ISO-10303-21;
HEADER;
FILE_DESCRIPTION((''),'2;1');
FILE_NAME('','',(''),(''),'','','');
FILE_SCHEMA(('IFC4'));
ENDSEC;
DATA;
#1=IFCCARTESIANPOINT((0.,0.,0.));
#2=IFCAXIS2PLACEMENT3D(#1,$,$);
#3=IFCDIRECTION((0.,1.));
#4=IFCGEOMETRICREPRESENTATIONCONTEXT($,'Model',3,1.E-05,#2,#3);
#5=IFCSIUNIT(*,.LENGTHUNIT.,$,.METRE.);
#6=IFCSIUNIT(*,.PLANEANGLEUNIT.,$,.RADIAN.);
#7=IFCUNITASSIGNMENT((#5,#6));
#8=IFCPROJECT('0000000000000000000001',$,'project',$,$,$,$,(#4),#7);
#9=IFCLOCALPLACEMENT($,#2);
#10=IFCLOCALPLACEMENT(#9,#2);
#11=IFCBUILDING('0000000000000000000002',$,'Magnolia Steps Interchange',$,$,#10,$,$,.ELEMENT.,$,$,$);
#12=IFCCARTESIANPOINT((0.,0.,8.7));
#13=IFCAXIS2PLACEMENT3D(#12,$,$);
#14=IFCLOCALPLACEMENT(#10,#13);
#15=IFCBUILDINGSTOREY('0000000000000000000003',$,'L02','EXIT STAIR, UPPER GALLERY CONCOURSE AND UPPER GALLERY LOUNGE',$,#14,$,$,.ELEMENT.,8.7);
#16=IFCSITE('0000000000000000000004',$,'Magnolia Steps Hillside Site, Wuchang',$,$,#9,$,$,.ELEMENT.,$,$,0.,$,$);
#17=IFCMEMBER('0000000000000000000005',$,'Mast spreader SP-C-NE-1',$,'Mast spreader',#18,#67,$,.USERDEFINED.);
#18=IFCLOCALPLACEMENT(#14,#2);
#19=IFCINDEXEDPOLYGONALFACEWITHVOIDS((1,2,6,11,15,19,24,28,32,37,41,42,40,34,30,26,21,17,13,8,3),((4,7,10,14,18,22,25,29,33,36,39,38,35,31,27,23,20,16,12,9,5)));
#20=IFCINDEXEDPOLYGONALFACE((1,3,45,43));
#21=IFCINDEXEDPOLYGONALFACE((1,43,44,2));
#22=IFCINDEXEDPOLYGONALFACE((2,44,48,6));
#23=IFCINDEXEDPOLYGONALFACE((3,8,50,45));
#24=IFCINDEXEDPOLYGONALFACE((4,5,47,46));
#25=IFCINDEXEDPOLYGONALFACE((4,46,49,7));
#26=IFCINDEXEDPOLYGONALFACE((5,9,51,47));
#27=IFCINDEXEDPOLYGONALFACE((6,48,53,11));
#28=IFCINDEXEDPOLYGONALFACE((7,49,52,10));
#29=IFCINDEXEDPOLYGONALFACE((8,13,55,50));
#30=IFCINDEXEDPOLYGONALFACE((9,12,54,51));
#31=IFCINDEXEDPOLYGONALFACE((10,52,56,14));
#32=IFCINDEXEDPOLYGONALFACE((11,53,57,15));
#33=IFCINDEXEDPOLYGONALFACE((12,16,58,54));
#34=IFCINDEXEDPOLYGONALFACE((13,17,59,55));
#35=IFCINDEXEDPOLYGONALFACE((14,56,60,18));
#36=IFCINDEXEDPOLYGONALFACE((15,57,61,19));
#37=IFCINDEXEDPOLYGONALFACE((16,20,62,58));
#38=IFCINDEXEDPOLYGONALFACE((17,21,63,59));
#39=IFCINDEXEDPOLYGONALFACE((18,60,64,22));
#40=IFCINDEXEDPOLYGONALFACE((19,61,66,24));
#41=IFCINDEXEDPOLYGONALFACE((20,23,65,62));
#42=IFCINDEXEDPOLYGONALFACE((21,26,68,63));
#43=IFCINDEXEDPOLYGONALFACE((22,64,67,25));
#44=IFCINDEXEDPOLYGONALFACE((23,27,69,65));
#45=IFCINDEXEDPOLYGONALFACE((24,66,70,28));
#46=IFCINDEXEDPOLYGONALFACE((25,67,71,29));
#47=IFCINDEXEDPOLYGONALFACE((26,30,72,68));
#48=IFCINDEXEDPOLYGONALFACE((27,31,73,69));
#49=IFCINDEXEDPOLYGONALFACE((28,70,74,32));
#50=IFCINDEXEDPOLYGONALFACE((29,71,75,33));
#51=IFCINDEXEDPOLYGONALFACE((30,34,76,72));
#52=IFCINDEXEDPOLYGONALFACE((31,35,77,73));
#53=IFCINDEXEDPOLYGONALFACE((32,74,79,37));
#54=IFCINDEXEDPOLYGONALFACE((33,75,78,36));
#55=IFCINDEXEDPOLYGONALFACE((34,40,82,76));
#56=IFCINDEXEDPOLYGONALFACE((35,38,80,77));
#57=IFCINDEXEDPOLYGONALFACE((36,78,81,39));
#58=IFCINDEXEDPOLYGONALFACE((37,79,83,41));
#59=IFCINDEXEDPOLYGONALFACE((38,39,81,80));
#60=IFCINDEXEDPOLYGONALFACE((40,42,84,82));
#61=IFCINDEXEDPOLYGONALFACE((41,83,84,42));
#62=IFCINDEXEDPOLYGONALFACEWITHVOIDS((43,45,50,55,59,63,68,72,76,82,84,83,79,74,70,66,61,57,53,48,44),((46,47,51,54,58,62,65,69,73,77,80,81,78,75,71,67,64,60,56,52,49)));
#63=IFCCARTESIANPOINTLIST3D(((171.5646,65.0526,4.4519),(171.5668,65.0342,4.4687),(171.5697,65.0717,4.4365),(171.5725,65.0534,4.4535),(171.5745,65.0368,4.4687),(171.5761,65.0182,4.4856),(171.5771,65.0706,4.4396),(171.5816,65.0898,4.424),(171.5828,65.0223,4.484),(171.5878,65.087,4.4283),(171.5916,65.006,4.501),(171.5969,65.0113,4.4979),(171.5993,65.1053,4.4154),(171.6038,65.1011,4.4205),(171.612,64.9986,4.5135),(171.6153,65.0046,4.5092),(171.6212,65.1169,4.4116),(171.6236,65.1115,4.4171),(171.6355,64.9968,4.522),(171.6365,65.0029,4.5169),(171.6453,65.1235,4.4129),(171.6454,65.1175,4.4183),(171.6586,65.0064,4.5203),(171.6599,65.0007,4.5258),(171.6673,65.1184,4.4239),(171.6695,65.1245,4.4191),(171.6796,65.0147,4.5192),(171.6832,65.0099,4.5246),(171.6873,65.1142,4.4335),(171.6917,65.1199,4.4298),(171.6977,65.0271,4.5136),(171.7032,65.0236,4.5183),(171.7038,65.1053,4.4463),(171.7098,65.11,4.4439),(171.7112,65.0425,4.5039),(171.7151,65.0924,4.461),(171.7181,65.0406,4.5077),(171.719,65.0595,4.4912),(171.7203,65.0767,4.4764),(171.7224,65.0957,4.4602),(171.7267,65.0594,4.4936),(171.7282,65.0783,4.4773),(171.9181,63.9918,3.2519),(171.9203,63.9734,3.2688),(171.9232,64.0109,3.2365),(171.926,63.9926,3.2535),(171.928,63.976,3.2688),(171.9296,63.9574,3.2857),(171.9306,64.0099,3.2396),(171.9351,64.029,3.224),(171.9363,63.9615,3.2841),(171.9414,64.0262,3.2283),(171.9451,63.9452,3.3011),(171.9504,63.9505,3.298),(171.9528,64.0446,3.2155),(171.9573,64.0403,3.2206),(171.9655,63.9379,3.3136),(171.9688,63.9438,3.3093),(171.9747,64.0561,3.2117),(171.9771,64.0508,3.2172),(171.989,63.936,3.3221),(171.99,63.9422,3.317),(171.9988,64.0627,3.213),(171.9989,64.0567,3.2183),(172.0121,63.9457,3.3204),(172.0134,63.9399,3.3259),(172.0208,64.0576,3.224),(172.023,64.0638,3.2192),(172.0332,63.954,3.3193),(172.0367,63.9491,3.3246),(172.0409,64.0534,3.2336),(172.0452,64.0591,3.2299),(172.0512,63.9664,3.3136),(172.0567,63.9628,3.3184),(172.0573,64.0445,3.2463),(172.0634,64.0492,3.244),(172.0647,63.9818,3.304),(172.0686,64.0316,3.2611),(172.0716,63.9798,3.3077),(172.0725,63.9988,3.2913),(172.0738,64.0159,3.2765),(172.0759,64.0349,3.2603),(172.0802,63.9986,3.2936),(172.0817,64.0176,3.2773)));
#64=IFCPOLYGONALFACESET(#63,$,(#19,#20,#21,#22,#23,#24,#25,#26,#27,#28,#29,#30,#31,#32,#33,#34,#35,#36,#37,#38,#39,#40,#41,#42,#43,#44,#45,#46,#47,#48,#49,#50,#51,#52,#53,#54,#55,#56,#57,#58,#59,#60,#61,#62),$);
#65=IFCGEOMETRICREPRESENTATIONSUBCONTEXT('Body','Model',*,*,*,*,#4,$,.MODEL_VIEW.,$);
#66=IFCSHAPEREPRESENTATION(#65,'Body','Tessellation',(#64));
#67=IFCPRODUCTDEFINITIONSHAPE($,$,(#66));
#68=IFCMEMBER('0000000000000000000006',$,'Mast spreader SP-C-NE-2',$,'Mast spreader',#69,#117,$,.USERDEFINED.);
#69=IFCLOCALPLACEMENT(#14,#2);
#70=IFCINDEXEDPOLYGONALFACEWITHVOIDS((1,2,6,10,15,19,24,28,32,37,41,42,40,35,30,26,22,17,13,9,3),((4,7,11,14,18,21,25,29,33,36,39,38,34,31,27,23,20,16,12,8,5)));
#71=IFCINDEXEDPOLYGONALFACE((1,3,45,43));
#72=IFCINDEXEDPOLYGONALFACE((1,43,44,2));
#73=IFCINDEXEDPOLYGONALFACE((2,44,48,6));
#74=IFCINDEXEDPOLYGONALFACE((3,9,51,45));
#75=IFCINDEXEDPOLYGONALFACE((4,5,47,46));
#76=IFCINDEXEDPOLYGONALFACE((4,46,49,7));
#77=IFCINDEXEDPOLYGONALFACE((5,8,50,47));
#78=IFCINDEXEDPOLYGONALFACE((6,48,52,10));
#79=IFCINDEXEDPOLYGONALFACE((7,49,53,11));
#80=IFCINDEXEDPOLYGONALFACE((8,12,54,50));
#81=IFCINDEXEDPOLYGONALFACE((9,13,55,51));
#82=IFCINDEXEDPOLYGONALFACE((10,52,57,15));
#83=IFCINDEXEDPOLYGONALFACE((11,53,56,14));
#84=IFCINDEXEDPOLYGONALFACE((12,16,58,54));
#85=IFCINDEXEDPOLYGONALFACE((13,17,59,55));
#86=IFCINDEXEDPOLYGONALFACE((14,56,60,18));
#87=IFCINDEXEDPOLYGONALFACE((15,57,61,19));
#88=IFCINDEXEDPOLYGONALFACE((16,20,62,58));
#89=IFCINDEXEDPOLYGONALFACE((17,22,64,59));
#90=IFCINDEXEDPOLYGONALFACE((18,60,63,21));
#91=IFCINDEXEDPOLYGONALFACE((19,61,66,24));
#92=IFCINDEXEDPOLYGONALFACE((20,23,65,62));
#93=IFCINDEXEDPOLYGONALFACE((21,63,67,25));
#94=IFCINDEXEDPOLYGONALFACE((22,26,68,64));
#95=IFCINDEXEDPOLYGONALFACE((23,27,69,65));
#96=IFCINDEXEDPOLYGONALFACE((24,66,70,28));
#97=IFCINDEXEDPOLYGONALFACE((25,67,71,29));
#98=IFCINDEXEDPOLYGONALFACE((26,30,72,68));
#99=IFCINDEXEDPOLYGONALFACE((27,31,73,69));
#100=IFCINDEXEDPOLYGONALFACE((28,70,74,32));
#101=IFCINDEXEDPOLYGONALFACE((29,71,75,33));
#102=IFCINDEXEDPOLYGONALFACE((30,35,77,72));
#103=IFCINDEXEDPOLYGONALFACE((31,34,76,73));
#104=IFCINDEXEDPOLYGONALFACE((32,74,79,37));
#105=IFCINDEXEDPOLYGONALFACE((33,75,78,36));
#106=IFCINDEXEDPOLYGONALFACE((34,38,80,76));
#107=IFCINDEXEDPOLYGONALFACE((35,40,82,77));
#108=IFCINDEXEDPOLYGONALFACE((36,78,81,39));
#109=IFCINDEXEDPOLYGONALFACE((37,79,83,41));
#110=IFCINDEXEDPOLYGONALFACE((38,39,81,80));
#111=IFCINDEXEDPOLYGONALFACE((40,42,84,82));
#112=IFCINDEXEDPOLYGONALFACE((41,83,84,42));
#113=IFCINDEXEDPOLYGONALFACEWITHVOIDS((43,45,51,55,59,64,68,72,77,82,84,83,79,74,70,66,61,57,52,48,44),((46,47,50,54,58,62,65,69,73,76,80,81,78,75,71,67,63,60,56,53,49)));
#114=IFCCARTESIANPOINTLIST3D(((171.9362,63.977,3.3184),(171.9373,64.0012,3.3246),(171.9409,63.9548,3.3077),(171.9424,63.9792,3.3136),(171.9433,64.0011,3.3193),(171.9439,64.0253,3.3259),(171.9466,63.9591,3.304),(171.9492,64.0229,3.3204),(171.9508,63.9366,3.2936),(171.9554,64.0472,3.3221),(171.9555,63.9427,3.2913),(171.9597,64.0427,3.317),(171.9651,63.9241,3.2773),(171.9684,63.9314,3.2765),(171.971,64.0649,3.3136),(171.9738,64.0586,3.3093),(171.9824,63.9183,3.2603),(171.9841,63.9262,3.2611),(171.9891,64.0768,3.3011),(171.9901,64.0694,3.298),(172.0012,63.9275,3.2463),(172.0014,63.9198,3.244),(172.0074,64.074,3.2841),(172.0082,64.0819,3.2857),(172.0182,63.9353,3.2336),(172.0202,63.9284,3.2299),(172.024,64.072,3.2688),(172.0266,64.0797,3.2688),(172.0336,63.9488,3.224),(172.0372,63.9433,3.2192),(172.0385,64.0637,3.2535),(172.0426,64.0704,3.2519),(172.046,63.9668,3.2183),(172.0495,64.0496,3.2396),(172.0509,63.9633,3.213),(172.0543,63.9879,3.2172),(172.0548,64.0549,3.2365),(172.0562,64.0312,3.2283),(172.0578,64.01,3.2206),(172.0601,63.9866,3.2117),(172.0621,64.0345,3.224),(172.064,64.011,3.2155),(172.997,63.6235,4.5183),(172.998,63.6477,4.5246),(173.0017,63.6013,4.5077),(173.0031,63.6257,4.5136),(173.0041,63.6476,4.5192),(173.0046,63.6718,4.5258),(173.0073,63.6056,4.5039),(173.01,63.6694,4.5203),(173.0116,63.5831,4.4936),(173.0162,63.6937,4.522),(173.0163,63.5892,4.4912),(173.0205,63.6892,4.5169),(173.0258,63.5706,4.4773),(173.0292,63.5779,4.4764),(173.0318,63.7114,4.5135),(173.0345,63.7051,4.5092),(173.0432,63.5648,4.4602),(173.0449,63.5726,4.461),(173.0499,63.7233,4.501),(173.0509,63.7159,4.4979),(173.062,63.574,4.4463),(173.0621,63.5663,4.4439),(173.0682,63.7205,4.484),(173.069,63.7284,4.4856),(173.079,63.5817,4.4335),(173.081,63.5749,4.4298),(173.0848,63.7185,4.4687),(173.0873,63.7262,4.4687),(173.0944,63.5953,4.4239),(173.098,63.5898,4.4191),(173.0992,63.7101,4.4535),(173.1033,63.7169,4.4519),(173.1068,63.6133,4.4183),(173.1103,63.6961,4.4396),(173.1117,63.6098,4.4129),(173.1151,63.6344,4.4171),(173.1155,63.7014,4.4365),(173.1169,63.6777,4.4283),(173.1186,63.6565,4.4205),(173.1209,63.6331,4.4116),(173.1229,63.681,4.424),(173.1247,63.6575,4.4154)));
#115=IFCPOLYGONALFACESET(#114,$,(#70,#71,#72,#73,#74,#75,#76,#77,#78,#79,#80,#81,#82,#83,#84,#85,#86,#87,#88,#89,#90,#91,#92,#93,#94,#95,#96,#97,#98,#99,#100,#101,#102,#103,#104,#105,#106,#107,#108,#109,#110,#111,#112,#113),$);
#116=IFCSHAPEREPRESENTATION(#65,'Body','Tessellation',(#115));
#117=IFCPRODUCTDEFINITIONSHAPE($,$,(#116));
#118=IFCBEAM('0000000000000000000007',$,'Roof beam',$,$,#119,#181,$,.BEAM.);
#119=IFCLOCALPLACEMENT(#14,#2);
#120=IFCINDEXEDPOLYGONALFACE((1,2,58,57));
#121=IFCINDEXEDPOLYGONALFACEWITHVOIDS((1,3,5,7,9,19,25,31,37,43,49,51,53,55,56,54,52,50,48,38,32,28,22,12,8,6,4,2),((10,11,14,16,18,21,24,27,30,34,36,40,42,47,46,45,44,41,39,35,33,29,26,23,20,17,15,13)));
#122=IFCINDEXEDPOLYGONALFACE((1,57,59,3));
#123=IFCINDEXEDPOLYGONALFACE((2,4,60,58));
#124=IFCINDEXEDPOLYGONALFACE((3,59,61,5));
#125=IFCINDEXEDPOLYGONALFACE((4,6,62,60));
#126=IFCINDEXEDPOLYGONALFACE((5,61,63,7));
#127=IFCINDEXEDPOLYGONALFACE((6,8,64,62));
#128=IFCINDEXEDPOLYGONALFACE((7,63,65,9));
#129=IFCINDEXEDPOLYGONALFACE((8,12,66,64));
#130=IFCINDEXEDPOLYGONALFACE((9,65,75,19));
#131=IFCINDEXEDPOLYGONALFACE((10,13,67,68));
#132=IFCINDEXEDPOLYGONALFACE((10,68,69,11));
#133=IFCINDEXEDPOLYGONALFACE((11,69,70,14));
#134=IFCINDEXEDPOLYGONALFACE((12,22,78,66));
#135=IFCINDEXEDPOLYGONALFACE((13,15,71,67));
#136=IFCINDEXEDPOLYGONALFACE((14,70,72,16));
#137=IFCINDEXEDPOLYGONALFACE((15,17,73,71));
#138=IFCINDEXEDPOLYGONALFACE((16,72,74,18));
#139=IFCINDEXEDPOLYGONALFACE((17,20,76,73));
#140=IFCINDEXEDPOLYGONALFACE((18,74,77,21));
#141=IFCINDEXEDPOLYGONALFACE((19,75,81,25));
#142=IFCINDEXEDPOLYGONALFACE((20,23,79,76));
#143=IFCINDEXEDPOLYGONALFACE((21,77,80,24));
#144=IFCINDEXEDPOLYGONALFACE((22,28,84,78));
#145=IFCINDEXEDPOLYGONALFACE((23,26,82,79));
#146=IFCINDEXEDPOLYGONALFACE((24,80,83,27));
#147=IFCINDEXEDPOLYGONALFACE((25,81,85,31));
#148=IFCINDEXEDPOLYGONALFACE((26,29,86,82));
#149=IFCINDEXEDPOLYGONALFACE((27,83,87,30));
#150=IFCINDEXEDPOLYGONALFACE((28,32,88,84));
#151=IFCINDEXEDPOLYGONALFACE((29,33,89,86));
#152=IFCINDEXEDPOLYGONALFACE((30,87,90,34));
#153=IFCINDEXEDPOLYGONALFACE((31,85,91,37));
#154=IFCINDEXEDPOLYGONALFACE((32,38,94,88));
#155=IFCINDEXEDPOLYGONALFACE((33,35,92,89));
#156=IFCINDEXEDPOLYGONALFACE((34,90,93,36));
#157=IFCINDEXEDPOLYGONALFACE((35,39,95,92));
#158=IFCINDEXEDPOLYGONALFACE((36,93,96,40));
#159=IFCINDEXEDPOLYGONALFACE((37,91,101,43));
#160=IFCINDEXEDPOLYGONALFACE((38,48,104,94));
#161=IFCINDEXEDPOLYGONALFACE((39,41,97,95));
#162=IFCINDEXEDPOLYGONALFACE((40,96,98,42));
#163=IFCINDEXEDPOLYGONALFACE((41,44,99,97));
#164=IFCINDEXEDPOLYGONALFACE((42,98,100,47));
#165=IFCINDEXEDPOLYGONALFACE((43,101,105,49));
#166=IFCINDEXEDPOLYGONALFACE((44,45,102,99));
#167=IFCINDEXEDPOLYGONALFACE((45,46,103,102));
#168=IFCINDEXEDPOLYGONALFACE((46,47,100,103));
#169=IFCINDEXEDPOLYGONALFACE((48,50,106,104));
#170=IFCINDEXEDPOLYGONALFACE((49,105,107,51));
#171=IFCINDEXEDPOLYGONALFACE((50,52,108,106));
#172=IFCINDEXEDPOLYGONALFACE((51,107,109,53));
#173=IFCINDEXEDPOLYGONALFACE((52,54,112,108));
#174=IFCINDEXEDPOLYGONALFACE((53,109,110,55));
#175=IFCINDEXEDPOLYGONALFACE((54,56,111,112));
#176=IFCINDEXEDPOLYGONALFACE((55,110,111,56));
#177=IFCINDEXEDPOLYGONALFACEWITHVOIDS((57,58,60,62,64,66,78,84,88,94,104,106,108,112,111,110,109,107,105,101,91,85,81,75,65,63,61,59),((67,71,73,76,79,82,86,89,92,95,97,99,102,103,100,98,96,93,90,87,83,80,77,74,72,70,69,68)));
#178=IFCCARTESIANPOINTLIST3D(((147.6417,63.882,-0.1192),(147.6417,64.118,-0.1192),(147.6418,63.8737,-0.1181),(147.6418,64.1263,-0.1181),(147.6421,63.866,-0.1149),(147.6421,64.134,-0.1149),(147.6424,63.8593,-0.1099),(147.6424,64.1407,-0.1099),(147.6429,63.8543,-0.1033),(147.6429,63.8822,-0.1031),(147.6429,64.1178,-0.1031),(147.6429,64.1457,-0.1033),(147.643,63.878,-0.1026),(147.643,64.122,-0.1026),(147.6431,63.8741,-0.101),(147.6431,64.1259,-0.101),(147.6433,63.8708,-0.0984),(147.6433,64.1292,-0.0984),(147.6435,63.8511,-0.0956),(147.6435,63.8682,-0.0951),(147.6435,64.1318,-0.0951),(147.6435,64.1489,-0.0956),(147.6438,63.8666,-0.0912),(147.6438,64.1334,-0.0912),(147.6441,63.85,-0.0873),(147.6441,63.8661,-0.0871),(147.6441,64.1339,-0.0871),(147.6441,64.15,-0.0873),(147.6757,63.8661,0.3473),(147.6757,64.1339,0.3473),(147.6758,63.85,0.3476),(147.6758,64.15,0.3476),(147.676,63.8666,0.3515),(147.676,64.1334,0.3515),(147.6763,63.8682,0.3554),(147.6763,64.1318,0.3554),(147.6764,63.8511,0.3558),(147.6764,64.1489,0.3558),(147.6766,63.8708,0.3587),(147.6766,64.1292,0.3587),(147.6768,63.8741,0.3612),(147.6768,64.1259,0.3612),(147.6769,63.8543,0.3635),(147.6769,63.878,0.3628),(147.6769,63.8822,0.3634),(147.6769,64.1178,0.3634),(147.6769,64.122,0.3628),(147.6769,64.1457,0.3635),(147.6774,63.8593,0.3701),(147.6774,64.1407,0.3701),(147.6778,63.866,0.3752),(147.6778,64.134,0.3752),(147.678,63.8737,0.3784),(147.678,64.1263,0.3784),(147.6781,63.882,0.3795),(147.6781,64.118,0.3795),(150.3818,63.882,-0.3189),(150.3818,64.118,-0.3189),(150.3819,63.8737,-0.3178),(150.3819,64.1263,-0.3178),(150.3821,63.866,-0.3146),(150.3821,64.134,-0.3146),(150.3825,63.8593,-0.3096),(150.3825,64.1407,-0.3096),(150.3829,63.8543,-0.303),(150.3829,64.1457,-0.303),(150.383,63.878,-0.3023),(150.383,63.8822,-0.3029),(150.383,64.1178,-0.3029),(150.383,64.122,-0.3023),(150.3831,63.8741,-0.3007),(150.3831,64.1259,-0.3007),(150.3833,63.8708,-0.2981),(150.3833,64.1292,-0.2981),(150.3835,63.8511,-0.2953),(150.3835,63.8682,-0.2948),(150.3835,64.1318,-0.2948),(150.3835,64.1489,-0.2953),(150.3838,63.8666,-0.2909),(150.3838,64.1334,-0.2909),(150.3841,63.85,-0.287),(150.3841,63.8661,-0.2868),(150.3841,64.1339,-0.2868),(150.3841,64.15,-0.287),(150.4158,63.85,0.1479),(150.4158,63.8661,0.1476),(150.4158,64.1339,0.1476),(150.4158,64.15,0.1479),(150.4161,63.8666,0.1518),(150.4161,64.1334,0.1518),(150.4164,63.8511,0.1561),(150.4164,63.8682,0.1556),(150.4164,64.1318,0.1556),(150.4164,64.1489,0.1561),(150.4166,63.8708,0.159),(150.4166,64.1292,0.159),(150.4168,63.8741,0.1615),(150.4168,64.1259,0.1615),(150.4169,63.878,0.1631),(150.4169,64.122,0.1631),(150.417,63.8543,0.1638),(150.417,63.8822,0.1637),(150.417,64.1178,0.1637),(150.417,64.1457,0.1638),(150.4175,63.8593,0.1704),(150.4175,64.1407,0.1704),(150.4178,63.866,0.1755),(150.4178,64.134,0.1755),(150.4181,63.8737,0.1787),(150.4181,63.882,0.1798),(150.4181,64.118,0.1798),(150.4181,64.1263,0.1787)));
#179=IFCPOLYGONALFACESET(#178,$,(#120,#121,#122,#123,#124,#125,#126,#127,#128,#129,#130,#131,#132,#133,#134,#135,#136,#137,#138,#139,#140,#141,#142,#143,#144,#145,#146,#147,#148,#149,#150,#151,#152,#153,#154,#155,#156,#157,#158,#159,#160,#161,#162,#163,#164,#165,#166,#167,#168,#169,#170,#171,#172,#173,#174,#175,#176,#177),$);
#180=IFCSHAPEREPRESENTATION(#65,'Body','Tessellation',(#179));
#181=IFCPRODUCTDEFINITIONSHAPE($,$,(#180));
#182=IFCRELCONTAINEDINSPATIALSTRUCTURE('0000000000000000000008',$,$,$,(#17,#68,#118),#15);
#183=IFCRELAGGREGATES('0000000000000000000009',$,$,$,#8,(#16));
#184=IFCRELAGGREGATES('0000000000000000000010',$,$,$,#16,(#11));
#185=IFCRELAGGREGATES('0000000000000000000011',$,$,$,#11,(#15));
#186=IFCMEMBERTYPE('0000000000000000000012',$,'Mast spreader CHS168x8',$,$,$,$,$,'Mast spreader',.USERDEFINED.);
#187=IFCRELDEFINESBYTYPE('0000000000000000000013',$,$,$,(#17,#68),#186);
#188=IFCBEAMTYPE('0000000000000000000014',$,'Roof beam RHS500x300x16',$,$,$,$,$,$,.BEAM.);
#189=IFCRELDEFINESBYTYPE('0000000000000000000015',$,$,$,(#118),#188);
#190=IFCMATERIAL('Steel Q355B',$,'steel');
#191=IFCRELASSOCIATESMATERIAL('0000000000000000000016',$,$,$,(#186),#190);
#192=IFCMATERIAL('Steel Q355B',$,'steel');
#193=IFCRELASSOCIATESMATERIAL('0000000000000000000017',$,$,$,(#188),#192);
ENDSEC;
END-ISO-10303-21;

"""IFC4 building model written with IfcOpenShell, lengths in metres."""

from ifc_helpers import new_model, si_unit, direction, frame, origin, origin_2d, place, context, subcontext, project, spatial, hollow_rectangle, hollow_circle, extrude, material, material_profile, profile_set, type_object, element, save


model = new_model("IFC4")

# Units and contexts
model_context = context("Model", 3, precision=1e-05, world=origin(), true_north=direction((0.0, 1.0)))
body_context = subcontext(model_context, "Body", "Model", "MODEL_VIEW")
ifc_project = project(units=[si_unit("LENGTHUNIT", "METRE"), si_unit("PLANEANGLEUNIT", "RADIAN")], contexts=[model_context])

# Site, building, storey
site_placement = place(None, origin())
site = spatial("IfcSite", under=ifc_project, at=site_placement, Name="Magnolia Steps Hillside Site, Wuchang", CompositionType="ELEMENT", RefElevation=0.0)
building_placement = place(site_placement, origin())
building = spatial("IfcBuilding", under=site, at=building_placement, Name="Magnolia Steps Interchange", CompositionType="ELEMENT")
storey_placement = place(building_placement, frame((0.0, 0.0, 8.7)))
storey = spatial("IfcBuildingStorey", under=building, at=storey_placement, Name="L02", Description="EXIT STAIR, UPPER GALLERY CONCOURSE AND UPPER GALLERY LOUNGE", CompositionType="ELEMENT", Elevation=8.7)

# Members
ifc_material_1 = material(Name="Steel Q355B", Category="steel")
ifc_material_profile_1 = material_profile(ifc_material_1, hollow_circle(Radius=0.084, WallThickness=0.0081, at=origin_2d()), Name="CHS168x8")
ifc_profile_set_1 = profile_set([ifc_material_profile_1], Name="Steel Q355B")
member_type_1 = type_object("IfcMemberType", Name="Mast spreader CHS168x8", ElementType="Mast spreader", PredefinedType="USERDEFINED", material=ifc_profile_set_1)
for number, where, z_axis, x_axis, name in (
    (1, (172.0, 64.0, 3.2688), (-0.215537, 0.64676, 0.731605), (-0.948705, -0.316162, 0.0), "Mast spreader SP-C-NE-1"),
    (2, (172.0, 64.0, 3.2688), (0.64676, -0.215537, 0.731605), (0.316162, 0.948705, 0.0), "Mast spreader SP-C-NE-2"),
):
    element("IfcMember", number, at=place(storey_placement, frame(where, z_axis=z_axis, x_axis=x_axis)), inside=storey, type_object=member_type_1, Name=name, ObjectType="Mast spreader", PredefinedType="USERDEFINED", context=body_context, shape_type="SweptSolid", body=[
        extrude(hollow_circle(Radius=0.084, WallThickness=0.0081, at=origin_2d()), origin(), (0.0, 0.0, 1.0), 1.6401),
    ])

# Beam
ifc_material_2 = material(Name="Steel Q355B", Category="steel")
ifc_material_profile_2 = material_profile(ifc_material_2, hollow_rectangle(XDim=0.3, YDim=0.5, WallThickness=0.0161, InnerFilletRadius=0.0161, OuterFilletRadius=0.032, at=origin_2d()), Name="RHS500x300x16")
ifc_profile_set_2 = profile_set([ifc_material_profile_2], Name="Steel Q355B")
beam_type_1 = type_object("IfcBeamType", Name="Roof beam RHS500x300x16", PredefinedType="BEAM", material=ifc_profile_set_2)
for number, where, z_axis, x_axis, name in (
    (3, (147.6599, 64.0, 0.1301), (0.997354, 0.0, -0.072693), (0.0, 1.0, 0.0), "Roof beam"),
):
    element("IfcBeam", number, at=place(storey_placement, frame(where, z_axis=z_axis, x_axis=x_axis)), inside=storey, type_object=beam_type_1, Name=name, PredefinedType="BEAM", context=body_context, shape_type="SweptSolid", body=[
        extrude(hollow_rectangle(XDim=0.3, YDim=0.5, WallThickness=0.0161, InnerFilletRadius=0.0161, OuterFilletRadius=0.032, at=origin_2d()), origin(), (0.0, 0.0, 1.0), 2.7473),
    ])

save(model, "model.ifc")
